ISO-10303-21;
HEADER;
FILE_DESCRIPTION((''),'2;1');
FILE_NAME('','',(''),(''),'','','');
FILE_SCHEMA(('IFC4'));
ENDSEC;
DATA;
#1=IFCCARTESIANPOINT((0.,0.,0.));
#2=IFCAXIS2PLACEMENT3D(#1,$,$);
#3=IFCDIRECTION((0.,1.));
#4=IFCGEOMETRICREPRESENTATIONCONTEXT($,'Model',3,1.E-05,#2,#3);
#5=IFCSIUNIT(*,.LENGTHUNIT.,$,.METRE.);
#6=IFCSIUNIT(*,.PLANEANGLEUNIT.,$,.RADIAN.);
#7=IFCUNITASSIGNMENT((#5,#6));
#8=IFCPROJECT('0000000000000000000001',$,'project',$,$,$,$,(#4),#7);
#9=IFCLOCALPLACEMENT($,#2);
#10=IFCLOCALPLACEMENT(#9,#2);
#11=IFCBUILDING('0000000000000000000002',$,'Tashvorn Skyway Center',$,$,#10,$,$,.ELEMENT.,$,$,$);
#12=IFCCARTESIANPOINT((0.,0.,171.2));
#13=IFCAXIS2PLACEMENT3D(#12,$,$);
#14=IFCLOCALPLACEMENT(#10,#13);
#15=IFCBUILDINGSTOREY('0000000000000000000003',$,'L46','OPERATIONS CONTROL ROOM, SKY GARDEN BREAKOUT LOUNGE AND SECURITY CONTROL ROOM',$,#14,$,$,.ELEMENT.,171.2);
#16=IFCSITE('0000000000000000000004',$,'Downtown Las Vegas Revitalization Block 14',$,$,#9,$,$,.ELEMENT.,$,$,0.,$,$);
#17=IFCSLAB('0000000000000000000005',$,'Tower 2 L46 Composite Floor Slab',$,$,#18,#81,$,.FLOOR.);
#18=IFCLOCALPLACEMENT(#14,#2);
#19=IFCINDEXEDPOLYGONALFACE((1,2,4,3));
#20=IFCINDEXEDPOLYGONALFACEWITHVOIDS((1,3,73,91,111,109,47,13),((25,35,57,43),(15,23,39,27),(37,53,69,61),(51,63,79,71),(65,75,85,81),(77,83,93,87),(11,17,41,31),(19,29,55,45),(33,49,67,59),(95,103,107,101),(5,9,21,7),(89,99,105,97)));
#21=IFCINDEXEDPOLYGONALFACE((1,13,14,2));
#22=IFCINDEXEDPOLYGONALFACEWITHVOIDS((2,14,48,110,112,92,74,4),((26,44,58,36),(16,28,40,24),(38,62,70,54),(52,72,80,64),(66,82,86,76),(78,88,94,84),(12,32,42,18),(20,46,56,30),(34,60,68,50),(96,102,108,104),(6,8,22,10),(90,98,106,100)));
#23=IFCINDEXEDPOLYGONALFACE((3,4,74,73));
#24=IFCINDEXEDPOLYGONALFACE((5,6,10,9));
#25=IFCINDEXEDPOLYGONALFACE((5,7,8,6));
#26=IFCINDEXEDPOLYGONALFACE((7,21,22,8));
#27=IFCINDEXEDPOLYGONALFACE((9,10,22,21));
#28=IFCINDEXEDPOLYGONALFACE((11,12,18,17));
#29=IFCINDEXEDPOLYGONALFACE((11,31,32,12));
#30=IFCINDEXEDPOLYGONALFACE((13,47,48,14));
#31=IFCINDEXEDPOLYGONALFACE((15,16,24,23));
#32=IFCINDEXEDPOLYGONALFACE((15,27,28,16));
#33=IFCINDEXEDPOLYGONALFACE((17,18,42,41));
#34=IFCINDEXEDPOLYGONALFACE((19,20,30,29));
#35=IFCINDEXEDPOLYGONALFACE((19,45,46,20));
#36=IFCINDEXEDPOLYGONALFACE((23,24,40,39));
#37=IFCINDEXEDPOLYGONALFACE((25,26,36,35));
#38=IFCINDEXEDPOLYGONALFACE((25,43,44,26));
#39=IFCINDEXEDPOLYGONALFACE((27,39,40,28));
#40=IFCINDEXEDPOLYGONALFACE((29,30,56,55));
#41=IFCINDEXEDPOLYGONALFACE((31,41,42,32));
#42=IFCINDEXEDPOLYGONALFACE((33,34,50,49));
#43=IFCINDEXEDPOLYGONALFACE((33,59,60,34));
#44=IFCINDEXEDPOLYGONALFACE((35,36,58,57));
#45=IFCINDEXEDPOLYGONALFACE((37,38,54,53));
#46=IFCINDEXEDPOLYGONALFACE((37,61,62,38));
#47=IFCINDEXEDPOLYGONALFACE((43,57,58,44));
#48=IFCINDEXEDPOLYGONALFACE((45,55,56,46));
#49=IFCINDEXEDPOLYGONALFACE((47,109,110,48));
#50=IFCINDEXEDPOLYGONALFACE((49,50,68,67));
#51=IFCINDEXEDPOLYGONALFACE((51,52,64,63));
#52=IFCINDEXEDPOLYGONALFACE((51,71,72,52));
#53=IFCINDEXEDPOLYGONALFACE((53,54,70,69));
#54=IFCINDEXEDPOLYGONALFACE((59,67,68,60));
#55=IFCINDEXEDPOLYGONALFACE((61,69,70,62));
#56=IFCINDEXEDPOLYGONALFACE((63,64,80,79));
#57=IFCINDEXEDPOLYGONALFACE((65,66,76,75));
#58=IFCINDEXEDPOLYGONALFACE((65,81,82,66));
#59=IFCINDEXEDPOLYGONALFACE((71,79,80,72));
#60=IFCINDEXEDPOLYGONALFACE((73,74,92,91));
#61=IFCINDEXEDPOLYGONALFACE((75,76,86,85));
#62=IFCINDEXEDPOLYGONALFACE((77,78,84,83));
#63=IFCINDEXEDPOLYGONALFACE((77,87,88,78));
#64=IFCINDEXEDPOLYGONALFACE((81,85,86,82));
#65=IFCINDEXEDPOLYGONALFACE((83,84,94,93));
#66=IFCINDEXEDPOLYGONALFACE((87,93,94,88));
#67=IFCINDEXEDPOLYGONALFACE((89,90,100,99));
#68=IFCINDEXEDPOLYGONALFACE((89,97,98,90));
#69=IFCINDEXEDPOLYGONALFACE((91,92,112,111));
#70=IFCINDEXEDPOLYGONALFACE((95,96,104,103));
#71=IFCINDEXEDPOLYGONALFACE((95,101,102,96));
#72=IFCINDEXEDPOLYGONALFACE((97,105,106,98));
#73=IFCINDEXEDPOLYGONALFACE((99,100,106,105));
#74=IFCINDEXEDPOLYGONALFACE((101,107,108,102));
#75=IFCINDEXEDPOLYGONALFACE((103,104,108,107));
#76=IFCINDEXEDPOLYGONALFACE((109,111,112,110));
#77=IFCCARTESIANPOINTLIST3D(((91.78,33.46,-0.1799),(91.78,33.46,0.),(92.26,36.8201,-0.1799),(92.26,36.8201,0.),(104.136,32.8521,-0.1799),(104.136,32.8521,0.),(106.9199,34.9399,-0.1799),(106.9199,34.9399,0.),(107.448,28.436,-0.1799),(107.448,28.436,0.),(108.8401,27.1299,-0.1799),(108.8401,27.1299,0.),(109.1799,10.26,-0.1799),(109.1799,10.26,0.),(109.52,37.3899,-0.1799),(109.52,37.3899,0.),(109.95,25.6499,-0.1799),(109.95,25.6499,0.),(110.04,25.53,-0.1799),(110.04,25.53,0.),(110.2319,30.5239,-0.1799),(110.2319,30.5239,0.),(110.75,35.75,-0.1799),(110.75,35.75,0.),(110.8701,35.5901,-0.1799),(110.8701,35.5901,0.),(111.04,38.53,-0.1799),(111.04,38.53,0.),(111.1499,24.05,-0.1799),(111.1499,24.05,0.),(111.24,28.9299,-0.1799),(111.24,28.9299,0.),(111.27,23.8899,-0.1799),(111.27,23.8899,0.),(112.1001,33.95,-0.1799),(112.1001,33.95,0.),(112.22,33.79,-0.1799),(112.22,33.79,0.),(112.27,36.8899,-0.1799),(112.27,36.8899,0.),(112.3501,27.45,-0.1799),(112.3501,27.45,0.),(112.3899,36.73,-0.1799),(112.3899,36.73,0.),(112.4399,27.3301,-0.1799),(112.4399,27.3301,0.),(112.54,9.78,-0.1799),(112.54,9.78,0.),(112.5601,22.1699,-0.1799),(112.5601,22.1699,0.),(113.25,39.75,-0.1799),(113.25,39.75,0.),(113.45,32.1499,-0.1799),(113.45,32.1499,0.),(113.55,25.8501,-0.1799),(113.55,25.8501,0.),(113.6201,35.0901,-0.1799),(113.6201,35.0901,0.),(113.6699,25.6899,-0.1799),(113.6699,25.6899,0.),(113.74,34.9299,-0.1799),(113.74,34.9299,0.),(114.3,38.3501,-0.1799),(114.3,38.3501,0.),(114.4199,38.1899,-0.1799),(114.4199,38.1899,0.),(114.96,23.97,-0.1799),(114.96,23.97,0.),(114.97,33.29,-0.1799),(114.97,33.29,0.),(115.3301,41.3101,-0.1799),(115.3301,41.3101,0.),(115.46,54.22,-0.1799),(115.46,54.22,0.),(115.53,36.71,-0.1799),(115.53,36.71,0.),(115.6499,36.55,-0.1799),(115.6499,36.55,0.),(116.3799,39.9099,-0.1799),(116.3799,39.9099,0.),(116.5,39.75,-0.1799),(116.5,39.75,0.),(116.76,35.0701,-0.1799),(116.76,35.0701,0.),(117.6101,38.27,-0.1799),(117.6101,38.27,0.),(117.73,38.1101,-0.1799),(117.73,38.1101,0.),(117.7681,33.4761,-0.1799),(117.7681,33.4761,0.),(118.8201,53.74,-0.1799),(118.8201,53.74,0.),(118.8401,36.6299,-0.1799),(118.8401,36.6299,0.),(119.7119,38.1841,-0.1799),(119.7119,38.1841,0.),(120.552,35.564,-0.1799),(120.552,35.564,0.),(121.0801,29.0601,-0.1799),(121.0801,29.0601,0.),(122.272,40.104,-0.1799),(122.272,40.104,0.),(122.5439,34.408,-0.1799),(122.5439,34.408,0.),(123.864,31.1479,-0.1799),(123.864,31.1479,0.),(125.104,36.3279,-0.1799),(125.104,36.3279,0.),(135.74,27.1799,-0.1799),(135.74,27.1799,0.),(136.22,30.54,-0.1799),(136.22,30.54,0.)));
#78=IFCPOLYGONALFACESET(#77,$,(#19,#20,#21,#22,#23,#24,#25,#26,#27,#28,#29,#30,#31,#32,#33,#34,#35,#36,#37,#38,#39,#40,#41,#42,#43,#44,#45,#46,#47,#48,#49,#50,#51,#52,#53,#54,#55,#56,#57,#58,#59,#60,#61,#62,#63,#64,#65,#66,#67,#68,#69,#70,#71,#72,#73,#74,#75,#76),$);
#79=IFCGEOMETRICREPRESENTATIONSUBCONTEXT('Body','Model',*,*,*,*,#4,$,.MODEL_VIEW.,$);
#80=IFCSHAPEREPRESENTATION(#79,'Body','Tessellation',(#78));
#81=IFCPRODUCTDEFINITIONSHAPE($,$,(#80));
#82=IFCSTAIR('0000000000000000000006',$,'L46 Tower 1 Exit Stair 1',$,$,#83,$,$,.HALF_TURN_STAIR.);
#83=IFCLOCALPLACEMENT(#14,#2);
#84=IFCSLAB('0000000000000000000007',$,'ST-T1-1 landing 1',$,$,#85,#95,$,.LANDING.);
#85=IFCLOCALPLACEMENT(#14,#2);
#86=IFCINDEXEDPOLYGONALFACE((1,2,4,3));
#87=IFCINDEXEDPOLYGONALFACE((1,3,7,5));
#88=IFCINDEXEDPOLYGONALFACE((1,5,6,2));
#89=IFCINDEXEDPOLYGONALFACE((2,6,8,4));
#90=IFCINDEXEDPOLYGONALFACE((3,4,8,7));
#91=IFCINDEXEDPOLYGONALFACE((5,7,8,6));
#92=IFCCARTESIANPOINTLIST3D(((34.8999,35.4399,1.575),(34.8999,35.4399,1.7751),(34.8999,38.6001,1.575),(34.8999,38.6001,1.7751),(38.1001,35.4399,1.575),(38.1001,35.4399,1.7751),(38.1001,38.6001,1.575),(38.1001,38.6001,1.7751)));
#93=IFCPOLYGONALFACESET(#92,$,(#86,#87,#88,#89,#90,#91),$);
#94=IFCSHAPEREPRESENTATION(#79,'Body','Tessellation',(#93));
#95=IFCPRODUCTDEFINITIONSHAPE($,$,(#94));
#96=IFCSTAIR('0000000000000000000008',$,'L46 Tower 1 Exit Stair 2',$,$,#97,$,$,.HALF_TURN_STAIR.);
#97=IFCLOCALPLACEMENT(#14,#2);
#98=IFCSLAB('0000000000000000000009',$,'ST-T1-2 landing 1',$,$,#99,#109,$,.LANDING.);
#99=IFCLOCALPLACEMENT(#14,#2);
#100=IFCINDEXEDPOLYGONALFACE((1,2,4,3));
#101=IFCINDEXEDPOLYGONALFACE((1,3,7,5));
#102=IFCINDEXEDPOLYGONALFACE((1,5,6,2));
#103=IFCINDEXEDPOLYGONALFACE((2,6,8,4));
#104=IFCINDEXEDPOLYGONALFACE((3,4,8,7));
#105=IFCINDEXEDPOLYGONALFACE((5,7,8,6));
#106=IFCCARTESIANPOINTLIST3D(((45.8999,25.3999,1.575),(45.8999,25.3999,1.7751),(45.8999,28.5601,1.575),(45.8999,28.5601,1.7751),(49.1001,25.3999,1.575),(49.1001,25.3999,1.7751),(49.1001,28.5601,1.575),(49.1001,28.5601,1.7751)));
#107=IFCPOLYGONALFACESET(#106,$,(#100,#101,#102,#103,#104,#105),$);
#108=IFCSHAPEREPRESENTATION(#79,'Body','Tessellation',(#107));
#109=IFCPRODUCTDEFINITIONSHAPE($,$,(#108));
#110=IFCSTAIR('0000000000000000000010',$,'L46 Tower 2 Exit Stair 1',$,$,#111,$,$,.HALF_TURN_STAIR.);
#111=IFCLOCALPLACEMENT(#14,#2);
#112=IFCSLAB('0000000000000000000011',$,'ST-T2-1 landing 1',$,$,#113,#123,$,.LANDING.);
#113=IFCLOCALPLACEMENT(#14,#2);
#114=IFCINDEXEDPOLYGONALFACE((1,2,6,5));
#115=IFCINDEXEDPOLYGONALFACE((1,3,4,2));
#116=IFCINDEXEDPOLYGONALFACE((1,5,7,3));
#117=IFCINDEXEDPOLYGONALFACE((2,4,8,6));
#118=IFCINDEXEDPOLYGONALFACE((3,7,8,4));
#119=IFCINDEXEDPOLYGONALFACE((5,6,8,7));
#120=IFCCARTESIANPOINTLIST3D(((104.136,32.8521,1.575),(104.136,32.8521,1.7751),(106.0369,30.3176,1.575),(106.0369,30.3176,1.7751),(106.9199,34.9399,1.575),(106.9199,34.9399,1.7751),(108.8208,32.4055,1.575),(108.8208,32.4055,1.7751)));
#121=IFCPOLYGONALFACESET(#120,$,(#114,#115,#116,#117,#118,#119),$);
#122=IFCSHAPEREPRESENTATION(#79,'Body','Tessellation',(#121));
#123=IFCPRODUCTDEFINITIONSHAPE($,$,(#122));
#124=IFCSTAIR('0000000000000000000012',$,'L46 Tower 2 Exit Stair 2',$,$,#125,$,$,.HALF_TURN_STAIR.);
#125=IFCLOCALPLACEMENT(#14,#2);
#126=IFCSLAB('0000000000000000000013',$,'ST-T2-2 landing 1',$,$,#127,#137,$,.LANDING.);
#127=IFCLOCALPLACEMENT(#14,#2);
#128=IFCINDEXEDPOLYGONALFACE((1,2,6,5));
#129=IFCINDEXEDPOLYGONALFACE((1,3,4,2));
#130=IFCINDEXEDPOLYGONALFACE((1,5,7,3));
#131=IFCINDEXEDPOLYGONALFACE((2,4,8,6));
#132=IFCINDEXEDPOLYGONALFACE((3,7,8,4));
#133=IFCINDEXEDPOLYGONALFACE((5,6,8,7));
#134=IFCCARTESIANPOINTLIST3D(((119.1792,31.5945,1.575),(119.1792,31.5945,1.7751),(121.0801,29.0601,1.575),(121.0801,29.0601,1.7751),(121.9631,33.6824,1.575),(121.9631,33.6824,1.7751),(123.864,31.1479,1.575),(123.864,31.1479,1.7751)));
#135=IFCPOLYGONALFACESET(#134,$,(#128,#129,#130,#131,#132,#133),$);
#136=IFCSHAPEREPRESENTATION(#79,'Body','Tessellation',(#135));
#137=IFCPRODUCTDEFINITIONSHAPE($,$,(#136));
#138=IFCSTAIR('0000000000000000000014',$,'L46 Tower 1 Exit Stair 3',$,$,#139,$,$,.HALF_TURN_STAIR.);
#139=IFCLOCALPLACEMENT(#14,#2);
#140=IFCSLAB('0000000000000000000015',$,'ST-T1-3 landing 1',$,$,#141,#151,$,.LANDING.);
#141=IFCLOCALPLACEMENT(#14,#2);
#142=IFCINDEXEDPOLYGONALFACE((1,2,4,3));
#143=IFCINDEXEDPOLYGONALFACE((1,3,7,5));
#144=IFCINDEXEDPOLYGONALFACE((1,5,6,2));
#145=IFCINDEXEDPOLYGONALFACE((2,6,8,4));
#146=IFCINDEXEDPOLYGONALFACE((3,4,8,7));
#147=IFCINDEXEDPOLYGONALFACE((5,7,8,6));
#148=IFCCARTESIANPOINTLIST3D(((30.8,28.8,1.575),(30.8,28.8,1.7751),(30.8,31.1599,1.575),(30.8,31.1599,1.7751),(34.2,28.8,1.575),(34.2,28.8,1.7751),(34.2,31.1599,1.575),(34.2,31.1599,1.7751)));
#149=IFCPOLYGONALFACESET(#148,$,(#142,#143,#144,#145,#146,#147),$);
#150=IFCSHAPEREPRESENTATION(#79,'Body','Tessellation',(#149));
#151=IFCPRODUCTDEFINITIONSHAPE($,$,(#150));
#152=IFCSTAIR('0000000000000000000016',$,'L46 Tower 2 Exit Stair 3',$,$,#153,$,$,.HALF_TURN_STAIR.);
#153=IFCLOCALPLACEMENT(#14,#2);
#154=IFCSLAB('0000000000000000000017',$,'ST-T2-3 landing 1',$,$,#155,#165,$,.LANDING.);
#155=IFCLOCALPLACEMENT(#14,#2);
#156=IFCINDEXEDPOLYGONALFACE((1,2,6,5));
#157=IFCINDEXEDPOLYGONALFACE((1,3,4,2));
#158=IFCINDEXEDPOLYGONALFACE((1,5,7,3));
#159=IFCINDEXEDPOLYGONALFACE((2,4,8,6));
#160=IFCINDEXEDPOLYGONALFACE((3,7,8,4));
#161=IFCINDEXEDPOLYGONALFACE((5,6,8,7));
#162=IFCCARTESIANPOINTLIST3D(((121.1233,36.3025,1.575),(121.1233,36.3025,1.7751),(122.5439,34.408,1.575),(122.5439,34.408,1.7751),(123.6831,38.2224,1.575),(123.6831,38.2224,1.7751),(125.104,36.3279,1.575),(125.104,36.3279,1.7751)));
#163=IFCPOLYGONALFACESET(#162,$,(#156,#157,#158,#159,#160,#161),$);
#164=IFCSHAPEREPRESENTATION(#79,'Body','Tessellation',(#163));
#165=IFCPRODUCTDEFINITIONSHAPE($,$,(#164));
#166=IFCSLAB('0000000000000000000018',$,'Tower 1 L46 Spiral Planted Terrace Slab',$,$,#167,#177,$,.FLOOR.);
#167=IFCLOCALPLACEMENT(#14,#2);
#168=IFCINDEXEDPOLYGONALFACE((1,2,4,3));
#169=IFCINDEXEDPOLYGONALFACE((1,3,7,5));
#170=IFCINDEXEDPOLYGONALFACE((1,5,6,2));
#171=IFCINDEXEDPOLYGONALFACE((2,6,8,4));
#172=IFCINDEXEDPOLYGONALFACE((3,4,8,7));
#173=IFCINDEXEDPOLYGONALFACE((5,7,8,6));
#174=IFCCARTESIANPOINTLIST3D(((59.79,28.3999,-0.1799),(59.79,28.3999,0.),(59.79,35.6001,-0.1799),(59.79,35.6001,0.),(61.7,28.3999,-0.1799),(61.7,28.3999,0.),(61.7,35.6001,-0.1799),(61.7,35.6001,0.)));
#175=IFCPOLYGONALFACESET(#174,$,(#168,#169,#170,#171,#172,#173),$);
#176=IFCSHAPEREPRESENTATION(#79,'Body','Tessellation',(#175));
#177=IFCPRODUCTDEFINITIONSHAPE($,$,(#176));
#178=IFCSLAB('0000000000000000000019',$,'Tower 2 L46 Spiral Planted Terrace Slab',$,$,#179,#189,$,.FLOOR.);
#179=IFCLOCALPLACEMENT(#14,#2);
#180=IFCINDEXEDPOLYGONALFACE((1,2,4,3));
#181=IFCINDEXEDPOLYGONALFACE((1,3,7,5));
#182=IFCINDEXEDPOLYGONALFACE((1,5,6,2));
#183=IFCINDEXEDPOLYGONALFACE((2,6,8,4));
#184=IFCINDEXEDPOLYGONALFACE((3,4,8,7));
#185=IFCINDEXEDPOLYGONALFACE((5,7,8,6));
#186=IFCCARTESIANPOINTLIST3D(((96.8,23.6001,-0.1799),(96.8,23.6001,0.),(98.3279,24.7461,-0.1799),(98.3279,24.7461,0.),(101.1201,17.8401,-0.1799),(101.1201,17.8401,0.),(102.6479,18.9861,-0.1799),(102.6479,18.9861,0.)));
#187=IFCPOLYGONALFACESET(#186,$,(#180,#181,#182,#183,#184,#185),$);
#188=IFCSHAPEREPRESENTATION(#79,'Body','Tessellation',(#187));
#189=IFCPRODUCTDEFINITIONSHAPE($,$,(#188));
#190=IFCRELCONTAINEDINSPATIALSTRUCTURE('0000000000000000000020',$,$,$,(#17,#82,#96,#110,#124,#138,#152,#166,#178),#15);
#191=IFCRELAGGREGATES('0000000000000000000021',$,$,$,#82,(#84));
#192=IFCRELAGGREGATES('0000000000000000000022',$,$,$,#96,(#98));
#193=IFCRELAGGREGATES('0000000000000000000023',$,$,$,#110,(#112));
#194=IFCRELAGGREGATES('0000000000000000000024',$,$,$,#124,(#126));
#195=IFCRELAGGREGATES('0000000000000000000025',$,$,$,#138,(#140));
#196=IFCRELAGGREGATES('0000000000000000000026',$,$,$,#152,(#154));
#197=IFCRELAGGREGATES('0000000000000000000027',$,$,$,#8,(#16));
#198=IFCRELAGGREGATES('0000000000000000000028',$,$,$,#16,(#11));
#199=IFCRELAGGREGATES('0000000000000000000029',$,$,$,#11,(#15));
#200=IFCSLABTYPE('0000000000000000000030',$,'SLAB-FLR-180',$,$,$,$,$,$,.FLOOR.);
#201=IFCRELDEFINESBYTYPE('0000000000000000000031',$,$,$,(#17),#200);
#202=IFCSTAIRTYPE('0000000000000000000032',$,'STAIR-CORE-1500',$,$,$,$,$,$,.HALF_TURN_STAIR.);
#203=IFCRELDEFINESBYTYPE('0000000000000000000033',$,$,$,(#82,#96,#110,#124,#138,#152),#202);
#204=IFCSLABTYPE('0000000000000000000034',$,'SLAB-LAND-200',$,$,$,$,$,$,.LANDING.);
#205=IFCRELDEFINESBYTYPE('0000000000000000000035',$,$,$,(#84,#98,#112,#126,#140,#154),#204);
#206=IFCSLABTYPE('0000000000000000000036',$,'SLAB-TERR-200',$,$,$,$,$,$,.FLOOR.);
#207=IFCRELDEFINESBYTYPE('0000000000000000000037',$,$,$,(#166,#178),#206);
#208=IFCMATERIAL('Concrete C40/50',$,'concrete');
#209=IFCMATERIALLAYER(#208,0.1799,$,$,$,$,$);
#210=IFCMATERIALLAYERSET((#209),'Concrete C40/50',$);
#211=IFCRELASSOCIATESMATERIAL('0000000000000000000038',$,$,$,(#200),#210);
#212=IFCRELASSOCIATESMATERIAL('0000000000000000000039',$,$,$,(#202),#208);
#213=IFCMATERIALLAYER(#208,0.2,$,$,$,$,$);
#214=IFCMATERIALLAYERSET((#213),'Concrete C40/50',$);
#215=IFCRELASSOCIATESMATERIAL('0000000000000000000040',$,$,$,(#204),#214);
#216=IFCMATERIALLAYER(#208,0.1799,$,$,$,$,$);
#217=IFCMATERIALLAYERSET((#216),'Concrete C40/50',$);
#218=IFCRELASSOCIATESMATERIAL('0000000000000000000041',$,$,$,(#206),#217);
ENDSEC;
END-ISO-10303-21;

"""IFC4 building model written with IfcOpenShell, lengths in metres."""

from ifc_helpers import new_model, si_unit, direction, frame, origin, place, context, subcontext, project, spatial, polyline, outline, extrude, material, layer, layer_set, type_object, element, aggregate, save


model = new_model("IFC4")

# Units and contexts
model_context = context("Model", 3, precision=1e-05, world=origin(), true_north=direction((0.0, 1.0)))
body_context = subcontext(model_context, "Body", "Model", "MODEL_VIEW")
ifc_project = project(units=[si_unit("LENGTHUNIT", "METRE"), si_unit("PLANEANGLEUNIT", "RADIAN")], contexts=[model_context])

# Site, building, storey
site_placement = place(None, origin())
site = spatial("IfcSite", under=ifc_project, at=site_placement, Name="Downtown Las Vegas Revitalization Block 14", CompositionType="ELEMENT", RefElevation=0.0)
building_placement = place(site_placement, origin())
building = spatial("IfcBuilding", under=site, at=building_placement, Name="Tashvorn Skyway Center", CompositionType="ELEMENT")
storey_placement = place(building_placement, frame((0.0, 0.0, 171.2)))
storey = spatial("IfcBuildingStorey", under=building, at=storey_placement, Name="L46", Description="OPERATIONS CONTROL ROOM, SKY GARDEN BREAKOUT LOUNGE AND SECURITY CONTROL ROOM", CompositionType="ELEMENT", Elevation=171.2)

# Slab
ifc_material_1 = material(Name="Concrete C40/50", Category="concrete")
ifc_layer_1 = layer(ifc_material_1, 0.1799)
ifc_layer_set_1 = layer_set([ifc_layer_1], Name="Concrete C40/50")
slab_type_1 = type_object("IfcSlabType", Name="SLAB-FLR-180", PredefinedType="FLOOR", material=ifc_layer_set_1)
slab_1_placement = place(storey_placement, frame((0.0, 0.0, -0.1799)))
element("IfcSlab", 1, at=slab_1_placement, inside=storey, type_object=slab_type_1, Name="Tower 2 L46 Composite Floor Slab", PredefinedType="FLOOR", context=body_context, shape_type="SweptSolid", body=[
    extrude(outline(polyline([(112.54, 9.78), (135.74, 27.1799), (136.22, 30.54), (118.8201, 53.74), (115.46, 54.22), (92.26, 36.8201), (91.78, 33.46), (109.1799, 10.26), (112.54, 9.78)]), holes=[polyline([(110.2319, 30.5239), (106.9199, 34.9399), (104.136, 32.8521), (107.448, 28.436), (110.2319, 30.5239)]), polyline([(117.7681, 33.4761), (121.0801, 29.0601), (123.864, 31.1479), (120.552, 35.564), (117.7681, 33.4761)]), polyline([(119.7119, 38.1841), (122.5439, 34.408), (125.104, 36.3279), (122.272, 40.104), (119.7119, 38.1841)]), polyline([(109.95, 25.6499), (112.3501, 27.45), (111.24, 28.9299), (108.8401, 27.1299), (109.95, 25.6499)]), polyline([(111.1499, 24.05), (113.55, 25.8501), (112.4399, 27.3301), (110.04, 25.53), (111.1499, 24.05)]), polyline([(112.5601, 22.1699), (114.96, 23.97), (113.6699, 25.6899), (111.27, 23.8899), (112.5601, 22.1699)]), polyline([(113.45, 32.1499), (114.97, 33.29), (113.74, 34.9299), (112.22, 33.79), (113.45, 32.1499)]), polyline([(112.1001, 33.95), (113.6201, 35.0901), (112.3899, 36.73), (110.8701, 35.5901), (112.1001, 33.95)]), polyline([(110.75, 35.75), (112.27, 36.8899), (111.04, 38.53), (109.52, 37.3899), (110.75, 35.75)]), polyline([(116.76, 35.0701), (118.8401, 36.6299), (117.73, 38.1101), (115.6499, 36.55), (116.76, 35.0701)]), polyline([(115.53, 36.71), (117.6101, 38.27), (116.5, 39.75), (114.4199, 38.1899), (115.53, 36.71)]), polyline([(114.3, 38.3501), (116.3799, 39.9099), (115.3301, 41.3101), (113.25, 39.75), (114.3, 38.3501)])]), origin(), (0.0, 0.0, 1.0), 0.1799),
])

# Stairs, slabs
stair_type = type_object("IfcStairType", Name="STAIR-CORE-1500", PredefinedType="HALF_TURN_STAIR", material=ifc_material_1)
stair_1_placement = place(storey_placement, origin())
stair_1 = element("IfcStair", 2, at=stair_1_placement, inside=storey, type_object=stair_type, Name="L46 Tower 1 Exit Stair 1", PredefinedType="HALF_TURN_STAIR")
ifc_layer_2 = layer(ifc_material_1, 0.2)
ifc_layer_set_2 = layer_set([ifc_layer_2], Name="Concrete C40/50")
slab_type_2 = type_object("IfcSlabType", Name="SLAB-LAND-200", PredefinedType="LANDING", material=ifc_layer_set_2)
slab_2_placement = place(storey_placement, frame((0.0, 0.0, 1.575)))
slab_2 = element("IfcSlab", 3, at=slab_2_placement, type_object=slab_type_2, Name="ST-T1-1 landing 1", PredefinedType="LANDING", context=body_context, shape_type="SweptSolid", body=[
    extrude(outline(polyline([(38.1001, 35.4399), (38.1001, 38.6001), (34.8999, 38.6001), (34.8999, 35.4399), (38.1001, 35.4399)])), origin(), (0.0, 0.0, 1.0), 0.2002),
])
aggregate(stair_1, [slab_2])
stair_2_placement = place(storey_placement, origin())
stair_2 = element("IfcStair", 4, at=stair_2_placement, inside=storey, type_object=stair_type, Name="L46 Tower 1 Exit Stair 2", PredefinedType="HALF_TURN_STAIR")
slab_3_placement = place(storey_placement, frame((0.0, 0.0, 1.575)))
slab_3 = element("IfcSlab", 5, at=slab_3_placement, type_object=slab_type_2, Name="ST-T1-2 landing 1", PredefinedType="LANDING", context=body_context, shape_type="SweptSolid", body=[
    extrude(outline(polyline([(45.8999, 28.5601), (45.8999, 25.3999), (49.1001, 25.3999), (49.1001, 28.5601), (45.8999, 28.5601)])), origin(), (0.0, 0.0, 1.0), 0.2002),
])
aggregate(stair_2, [slab_3])
stair_3_placement = place(storey_placement, origin())
stair_3 = element("IfcStair", 6, at=stair_3_placement, inside=storey, type_object=stair_type, Name="L46 Tower 2 Exit Stair 1", PredefinedType="HALF_TURN_STAIR")
slab_4_placement = place(storey_placement, frame((0.0, 0.0, 1.575)))
slab_4 = element("IfcSlab", 7, at=slab_4_placement, type_object=slab_type_2, Name="ST-T2-1 landing 1", PredefinedType="LANDING", context=body_context, shape_type="SweptSolid", body=[
    extrude(outline(polyline([(108.8208, 32.4055), (106.9199, 34.9399), (104.136, 32.8521), (106.0369, 30.3176), (108.8208, 32.4055)])), origin(), (0.0, 0.0, 1.0), 0.2002),
])
aggregate(stair_3, [slab_4])
stair_4_placement = place(storey_placement, origin())
stair_4 = element("IfcStair", 8, at=stair_4_placement, inside=storey, type_object=stair_type, Name="L46 Tower 2 Exit Stair 2", PredefinedType="HALF_TURN_STAIR")
slab_5_placement = place(storey_placement, frame((0.0, 0.0, 1.575)))
slab_5 = element("IfcSlab", 9, at=slab_5_placement, type_object=slab_type_2, Name="ST-T2-2 landing 1", PredefinedType="LANDING", context=body_context, shape_type="SweptSolid", body=[
    extrude(outline(polyline([(119.1792, 31.5945), (121.0801, 29.0601), (123.864, 31.1479), (121.9631, 33.6824), (119.1792, 31.5945)])), origin(), (0.0, 0.0, 1.0), 0.2002),
])
aggregate(stair_4, [slab_5])
stair_5_placement = place(storey_placement, origin())
stair_5 = element("IfcStair", 10, at=stair_5_placement, inside=storey, type_object=stair_type, Name="L46 Tower 1 Exit Stair 3", PredefinedType="HALF_TURN_STAIR")
slab_6_placement = place(storey_placement, frame((0.0, 0.0, 1.575)))
slab_6 = element("IfcSlab", 11, at=slab_6_placement, type_object=slab_type_2, Name="ST-T1-3 landing 1", PredefinedType="LANDING", context=body_context, shape_type="SweptSolid", body=[
    extrude(outline(polyline([(30.8, 31.1599), (30.8, 28.8), (34.2, 28.8), (34.2, 31.1599), (30.8, 31.1599)])), origin(), (0.0, 0.0, 1.0), 0.2002),
])
aggregate(stair_5, [slab_6])
stair_6_placement = place(storey_placement, origin())
stair_6 = element("IfcStair", 12, at=stair_6_placement, inside=storey, type_object=stair_type, Name="L46 Tower 2 Exit Stair 3", PredefinedType="HALF_TURN_STAIR")
slab_7_placement = place(storey_placement, frame((0.0, 0.0, 1.575)))
slab_7 = element("IfcSlab", 13, at=slab_7_placement, type_object=slab_type_2, Name="ST-T2-3 landing 1", PredefinedType="LANDING", context=body_context, shape_type="SweptSolid", body=[
    extrude(outline(polyline([(121.1233, 36.3025), (122.5439, 34.408), (125.104, 36.3279), (123.6831, 38.2224), (121.1233, 36.3025)])), origin(), (0.0, 0.0, 1.0), 0.2002),
])
aggregate(stair_6, [slab_7])

# Slabs
ifc_layer_3 = layer(ifc_material_1, 0.1799)
ifc_layer_set_3 = layer_set([ifc_layer_3], Name="Concrete C40/50")
slab_type_3 = type_object("IfcSlabType", Name="SLAB-TERR-200", PredefinedType="FLOOR", material=ifc_layer_set_3)
slab_8_placement = place(storey_placement, frame((0.0, 0.0, -0.1799)))
element("IfcSlab", 14, at=slab_8_placement, inside=storey, type_object=slab_type_3, Name="Tower 1 L46 Spiral Planted Terrace Slab", PredefinedType="FLOOR", context=body_context, shape_type="SweptSolid", body=[
    extrude(outline(polyline([(59.79, 28.3999), (61.7, 28.3999), (61.7, 35.6001), (59.79, 35.6001), (59.79, 28.3999)])), origin(), (0.0, 0.0, 1.0), 0.1799),
])
slab_9_placement = place(storey_placement, frame((0.0, 0.0, -0.1799)))
element("IfcSlab", 15, at=slab_9_placement, inside=storey, type_object=slab_type_3, Name="Tower 2 L46 Spiral Planted Terrace Slab", PredefinedType="FLOOR", context=body_context, shape_type="SweptSolid", body=[
    extrude(outline(polyline([(101.1201, 17.8401), (102.6479, 18.9861), (98.3279, 24.7461), (96.8, 23.6001), (101.1201, 17.8401)])), origin(), (0.0, 0.0, 1.0), 0.1799),
])

save(model, "model.ifc")
